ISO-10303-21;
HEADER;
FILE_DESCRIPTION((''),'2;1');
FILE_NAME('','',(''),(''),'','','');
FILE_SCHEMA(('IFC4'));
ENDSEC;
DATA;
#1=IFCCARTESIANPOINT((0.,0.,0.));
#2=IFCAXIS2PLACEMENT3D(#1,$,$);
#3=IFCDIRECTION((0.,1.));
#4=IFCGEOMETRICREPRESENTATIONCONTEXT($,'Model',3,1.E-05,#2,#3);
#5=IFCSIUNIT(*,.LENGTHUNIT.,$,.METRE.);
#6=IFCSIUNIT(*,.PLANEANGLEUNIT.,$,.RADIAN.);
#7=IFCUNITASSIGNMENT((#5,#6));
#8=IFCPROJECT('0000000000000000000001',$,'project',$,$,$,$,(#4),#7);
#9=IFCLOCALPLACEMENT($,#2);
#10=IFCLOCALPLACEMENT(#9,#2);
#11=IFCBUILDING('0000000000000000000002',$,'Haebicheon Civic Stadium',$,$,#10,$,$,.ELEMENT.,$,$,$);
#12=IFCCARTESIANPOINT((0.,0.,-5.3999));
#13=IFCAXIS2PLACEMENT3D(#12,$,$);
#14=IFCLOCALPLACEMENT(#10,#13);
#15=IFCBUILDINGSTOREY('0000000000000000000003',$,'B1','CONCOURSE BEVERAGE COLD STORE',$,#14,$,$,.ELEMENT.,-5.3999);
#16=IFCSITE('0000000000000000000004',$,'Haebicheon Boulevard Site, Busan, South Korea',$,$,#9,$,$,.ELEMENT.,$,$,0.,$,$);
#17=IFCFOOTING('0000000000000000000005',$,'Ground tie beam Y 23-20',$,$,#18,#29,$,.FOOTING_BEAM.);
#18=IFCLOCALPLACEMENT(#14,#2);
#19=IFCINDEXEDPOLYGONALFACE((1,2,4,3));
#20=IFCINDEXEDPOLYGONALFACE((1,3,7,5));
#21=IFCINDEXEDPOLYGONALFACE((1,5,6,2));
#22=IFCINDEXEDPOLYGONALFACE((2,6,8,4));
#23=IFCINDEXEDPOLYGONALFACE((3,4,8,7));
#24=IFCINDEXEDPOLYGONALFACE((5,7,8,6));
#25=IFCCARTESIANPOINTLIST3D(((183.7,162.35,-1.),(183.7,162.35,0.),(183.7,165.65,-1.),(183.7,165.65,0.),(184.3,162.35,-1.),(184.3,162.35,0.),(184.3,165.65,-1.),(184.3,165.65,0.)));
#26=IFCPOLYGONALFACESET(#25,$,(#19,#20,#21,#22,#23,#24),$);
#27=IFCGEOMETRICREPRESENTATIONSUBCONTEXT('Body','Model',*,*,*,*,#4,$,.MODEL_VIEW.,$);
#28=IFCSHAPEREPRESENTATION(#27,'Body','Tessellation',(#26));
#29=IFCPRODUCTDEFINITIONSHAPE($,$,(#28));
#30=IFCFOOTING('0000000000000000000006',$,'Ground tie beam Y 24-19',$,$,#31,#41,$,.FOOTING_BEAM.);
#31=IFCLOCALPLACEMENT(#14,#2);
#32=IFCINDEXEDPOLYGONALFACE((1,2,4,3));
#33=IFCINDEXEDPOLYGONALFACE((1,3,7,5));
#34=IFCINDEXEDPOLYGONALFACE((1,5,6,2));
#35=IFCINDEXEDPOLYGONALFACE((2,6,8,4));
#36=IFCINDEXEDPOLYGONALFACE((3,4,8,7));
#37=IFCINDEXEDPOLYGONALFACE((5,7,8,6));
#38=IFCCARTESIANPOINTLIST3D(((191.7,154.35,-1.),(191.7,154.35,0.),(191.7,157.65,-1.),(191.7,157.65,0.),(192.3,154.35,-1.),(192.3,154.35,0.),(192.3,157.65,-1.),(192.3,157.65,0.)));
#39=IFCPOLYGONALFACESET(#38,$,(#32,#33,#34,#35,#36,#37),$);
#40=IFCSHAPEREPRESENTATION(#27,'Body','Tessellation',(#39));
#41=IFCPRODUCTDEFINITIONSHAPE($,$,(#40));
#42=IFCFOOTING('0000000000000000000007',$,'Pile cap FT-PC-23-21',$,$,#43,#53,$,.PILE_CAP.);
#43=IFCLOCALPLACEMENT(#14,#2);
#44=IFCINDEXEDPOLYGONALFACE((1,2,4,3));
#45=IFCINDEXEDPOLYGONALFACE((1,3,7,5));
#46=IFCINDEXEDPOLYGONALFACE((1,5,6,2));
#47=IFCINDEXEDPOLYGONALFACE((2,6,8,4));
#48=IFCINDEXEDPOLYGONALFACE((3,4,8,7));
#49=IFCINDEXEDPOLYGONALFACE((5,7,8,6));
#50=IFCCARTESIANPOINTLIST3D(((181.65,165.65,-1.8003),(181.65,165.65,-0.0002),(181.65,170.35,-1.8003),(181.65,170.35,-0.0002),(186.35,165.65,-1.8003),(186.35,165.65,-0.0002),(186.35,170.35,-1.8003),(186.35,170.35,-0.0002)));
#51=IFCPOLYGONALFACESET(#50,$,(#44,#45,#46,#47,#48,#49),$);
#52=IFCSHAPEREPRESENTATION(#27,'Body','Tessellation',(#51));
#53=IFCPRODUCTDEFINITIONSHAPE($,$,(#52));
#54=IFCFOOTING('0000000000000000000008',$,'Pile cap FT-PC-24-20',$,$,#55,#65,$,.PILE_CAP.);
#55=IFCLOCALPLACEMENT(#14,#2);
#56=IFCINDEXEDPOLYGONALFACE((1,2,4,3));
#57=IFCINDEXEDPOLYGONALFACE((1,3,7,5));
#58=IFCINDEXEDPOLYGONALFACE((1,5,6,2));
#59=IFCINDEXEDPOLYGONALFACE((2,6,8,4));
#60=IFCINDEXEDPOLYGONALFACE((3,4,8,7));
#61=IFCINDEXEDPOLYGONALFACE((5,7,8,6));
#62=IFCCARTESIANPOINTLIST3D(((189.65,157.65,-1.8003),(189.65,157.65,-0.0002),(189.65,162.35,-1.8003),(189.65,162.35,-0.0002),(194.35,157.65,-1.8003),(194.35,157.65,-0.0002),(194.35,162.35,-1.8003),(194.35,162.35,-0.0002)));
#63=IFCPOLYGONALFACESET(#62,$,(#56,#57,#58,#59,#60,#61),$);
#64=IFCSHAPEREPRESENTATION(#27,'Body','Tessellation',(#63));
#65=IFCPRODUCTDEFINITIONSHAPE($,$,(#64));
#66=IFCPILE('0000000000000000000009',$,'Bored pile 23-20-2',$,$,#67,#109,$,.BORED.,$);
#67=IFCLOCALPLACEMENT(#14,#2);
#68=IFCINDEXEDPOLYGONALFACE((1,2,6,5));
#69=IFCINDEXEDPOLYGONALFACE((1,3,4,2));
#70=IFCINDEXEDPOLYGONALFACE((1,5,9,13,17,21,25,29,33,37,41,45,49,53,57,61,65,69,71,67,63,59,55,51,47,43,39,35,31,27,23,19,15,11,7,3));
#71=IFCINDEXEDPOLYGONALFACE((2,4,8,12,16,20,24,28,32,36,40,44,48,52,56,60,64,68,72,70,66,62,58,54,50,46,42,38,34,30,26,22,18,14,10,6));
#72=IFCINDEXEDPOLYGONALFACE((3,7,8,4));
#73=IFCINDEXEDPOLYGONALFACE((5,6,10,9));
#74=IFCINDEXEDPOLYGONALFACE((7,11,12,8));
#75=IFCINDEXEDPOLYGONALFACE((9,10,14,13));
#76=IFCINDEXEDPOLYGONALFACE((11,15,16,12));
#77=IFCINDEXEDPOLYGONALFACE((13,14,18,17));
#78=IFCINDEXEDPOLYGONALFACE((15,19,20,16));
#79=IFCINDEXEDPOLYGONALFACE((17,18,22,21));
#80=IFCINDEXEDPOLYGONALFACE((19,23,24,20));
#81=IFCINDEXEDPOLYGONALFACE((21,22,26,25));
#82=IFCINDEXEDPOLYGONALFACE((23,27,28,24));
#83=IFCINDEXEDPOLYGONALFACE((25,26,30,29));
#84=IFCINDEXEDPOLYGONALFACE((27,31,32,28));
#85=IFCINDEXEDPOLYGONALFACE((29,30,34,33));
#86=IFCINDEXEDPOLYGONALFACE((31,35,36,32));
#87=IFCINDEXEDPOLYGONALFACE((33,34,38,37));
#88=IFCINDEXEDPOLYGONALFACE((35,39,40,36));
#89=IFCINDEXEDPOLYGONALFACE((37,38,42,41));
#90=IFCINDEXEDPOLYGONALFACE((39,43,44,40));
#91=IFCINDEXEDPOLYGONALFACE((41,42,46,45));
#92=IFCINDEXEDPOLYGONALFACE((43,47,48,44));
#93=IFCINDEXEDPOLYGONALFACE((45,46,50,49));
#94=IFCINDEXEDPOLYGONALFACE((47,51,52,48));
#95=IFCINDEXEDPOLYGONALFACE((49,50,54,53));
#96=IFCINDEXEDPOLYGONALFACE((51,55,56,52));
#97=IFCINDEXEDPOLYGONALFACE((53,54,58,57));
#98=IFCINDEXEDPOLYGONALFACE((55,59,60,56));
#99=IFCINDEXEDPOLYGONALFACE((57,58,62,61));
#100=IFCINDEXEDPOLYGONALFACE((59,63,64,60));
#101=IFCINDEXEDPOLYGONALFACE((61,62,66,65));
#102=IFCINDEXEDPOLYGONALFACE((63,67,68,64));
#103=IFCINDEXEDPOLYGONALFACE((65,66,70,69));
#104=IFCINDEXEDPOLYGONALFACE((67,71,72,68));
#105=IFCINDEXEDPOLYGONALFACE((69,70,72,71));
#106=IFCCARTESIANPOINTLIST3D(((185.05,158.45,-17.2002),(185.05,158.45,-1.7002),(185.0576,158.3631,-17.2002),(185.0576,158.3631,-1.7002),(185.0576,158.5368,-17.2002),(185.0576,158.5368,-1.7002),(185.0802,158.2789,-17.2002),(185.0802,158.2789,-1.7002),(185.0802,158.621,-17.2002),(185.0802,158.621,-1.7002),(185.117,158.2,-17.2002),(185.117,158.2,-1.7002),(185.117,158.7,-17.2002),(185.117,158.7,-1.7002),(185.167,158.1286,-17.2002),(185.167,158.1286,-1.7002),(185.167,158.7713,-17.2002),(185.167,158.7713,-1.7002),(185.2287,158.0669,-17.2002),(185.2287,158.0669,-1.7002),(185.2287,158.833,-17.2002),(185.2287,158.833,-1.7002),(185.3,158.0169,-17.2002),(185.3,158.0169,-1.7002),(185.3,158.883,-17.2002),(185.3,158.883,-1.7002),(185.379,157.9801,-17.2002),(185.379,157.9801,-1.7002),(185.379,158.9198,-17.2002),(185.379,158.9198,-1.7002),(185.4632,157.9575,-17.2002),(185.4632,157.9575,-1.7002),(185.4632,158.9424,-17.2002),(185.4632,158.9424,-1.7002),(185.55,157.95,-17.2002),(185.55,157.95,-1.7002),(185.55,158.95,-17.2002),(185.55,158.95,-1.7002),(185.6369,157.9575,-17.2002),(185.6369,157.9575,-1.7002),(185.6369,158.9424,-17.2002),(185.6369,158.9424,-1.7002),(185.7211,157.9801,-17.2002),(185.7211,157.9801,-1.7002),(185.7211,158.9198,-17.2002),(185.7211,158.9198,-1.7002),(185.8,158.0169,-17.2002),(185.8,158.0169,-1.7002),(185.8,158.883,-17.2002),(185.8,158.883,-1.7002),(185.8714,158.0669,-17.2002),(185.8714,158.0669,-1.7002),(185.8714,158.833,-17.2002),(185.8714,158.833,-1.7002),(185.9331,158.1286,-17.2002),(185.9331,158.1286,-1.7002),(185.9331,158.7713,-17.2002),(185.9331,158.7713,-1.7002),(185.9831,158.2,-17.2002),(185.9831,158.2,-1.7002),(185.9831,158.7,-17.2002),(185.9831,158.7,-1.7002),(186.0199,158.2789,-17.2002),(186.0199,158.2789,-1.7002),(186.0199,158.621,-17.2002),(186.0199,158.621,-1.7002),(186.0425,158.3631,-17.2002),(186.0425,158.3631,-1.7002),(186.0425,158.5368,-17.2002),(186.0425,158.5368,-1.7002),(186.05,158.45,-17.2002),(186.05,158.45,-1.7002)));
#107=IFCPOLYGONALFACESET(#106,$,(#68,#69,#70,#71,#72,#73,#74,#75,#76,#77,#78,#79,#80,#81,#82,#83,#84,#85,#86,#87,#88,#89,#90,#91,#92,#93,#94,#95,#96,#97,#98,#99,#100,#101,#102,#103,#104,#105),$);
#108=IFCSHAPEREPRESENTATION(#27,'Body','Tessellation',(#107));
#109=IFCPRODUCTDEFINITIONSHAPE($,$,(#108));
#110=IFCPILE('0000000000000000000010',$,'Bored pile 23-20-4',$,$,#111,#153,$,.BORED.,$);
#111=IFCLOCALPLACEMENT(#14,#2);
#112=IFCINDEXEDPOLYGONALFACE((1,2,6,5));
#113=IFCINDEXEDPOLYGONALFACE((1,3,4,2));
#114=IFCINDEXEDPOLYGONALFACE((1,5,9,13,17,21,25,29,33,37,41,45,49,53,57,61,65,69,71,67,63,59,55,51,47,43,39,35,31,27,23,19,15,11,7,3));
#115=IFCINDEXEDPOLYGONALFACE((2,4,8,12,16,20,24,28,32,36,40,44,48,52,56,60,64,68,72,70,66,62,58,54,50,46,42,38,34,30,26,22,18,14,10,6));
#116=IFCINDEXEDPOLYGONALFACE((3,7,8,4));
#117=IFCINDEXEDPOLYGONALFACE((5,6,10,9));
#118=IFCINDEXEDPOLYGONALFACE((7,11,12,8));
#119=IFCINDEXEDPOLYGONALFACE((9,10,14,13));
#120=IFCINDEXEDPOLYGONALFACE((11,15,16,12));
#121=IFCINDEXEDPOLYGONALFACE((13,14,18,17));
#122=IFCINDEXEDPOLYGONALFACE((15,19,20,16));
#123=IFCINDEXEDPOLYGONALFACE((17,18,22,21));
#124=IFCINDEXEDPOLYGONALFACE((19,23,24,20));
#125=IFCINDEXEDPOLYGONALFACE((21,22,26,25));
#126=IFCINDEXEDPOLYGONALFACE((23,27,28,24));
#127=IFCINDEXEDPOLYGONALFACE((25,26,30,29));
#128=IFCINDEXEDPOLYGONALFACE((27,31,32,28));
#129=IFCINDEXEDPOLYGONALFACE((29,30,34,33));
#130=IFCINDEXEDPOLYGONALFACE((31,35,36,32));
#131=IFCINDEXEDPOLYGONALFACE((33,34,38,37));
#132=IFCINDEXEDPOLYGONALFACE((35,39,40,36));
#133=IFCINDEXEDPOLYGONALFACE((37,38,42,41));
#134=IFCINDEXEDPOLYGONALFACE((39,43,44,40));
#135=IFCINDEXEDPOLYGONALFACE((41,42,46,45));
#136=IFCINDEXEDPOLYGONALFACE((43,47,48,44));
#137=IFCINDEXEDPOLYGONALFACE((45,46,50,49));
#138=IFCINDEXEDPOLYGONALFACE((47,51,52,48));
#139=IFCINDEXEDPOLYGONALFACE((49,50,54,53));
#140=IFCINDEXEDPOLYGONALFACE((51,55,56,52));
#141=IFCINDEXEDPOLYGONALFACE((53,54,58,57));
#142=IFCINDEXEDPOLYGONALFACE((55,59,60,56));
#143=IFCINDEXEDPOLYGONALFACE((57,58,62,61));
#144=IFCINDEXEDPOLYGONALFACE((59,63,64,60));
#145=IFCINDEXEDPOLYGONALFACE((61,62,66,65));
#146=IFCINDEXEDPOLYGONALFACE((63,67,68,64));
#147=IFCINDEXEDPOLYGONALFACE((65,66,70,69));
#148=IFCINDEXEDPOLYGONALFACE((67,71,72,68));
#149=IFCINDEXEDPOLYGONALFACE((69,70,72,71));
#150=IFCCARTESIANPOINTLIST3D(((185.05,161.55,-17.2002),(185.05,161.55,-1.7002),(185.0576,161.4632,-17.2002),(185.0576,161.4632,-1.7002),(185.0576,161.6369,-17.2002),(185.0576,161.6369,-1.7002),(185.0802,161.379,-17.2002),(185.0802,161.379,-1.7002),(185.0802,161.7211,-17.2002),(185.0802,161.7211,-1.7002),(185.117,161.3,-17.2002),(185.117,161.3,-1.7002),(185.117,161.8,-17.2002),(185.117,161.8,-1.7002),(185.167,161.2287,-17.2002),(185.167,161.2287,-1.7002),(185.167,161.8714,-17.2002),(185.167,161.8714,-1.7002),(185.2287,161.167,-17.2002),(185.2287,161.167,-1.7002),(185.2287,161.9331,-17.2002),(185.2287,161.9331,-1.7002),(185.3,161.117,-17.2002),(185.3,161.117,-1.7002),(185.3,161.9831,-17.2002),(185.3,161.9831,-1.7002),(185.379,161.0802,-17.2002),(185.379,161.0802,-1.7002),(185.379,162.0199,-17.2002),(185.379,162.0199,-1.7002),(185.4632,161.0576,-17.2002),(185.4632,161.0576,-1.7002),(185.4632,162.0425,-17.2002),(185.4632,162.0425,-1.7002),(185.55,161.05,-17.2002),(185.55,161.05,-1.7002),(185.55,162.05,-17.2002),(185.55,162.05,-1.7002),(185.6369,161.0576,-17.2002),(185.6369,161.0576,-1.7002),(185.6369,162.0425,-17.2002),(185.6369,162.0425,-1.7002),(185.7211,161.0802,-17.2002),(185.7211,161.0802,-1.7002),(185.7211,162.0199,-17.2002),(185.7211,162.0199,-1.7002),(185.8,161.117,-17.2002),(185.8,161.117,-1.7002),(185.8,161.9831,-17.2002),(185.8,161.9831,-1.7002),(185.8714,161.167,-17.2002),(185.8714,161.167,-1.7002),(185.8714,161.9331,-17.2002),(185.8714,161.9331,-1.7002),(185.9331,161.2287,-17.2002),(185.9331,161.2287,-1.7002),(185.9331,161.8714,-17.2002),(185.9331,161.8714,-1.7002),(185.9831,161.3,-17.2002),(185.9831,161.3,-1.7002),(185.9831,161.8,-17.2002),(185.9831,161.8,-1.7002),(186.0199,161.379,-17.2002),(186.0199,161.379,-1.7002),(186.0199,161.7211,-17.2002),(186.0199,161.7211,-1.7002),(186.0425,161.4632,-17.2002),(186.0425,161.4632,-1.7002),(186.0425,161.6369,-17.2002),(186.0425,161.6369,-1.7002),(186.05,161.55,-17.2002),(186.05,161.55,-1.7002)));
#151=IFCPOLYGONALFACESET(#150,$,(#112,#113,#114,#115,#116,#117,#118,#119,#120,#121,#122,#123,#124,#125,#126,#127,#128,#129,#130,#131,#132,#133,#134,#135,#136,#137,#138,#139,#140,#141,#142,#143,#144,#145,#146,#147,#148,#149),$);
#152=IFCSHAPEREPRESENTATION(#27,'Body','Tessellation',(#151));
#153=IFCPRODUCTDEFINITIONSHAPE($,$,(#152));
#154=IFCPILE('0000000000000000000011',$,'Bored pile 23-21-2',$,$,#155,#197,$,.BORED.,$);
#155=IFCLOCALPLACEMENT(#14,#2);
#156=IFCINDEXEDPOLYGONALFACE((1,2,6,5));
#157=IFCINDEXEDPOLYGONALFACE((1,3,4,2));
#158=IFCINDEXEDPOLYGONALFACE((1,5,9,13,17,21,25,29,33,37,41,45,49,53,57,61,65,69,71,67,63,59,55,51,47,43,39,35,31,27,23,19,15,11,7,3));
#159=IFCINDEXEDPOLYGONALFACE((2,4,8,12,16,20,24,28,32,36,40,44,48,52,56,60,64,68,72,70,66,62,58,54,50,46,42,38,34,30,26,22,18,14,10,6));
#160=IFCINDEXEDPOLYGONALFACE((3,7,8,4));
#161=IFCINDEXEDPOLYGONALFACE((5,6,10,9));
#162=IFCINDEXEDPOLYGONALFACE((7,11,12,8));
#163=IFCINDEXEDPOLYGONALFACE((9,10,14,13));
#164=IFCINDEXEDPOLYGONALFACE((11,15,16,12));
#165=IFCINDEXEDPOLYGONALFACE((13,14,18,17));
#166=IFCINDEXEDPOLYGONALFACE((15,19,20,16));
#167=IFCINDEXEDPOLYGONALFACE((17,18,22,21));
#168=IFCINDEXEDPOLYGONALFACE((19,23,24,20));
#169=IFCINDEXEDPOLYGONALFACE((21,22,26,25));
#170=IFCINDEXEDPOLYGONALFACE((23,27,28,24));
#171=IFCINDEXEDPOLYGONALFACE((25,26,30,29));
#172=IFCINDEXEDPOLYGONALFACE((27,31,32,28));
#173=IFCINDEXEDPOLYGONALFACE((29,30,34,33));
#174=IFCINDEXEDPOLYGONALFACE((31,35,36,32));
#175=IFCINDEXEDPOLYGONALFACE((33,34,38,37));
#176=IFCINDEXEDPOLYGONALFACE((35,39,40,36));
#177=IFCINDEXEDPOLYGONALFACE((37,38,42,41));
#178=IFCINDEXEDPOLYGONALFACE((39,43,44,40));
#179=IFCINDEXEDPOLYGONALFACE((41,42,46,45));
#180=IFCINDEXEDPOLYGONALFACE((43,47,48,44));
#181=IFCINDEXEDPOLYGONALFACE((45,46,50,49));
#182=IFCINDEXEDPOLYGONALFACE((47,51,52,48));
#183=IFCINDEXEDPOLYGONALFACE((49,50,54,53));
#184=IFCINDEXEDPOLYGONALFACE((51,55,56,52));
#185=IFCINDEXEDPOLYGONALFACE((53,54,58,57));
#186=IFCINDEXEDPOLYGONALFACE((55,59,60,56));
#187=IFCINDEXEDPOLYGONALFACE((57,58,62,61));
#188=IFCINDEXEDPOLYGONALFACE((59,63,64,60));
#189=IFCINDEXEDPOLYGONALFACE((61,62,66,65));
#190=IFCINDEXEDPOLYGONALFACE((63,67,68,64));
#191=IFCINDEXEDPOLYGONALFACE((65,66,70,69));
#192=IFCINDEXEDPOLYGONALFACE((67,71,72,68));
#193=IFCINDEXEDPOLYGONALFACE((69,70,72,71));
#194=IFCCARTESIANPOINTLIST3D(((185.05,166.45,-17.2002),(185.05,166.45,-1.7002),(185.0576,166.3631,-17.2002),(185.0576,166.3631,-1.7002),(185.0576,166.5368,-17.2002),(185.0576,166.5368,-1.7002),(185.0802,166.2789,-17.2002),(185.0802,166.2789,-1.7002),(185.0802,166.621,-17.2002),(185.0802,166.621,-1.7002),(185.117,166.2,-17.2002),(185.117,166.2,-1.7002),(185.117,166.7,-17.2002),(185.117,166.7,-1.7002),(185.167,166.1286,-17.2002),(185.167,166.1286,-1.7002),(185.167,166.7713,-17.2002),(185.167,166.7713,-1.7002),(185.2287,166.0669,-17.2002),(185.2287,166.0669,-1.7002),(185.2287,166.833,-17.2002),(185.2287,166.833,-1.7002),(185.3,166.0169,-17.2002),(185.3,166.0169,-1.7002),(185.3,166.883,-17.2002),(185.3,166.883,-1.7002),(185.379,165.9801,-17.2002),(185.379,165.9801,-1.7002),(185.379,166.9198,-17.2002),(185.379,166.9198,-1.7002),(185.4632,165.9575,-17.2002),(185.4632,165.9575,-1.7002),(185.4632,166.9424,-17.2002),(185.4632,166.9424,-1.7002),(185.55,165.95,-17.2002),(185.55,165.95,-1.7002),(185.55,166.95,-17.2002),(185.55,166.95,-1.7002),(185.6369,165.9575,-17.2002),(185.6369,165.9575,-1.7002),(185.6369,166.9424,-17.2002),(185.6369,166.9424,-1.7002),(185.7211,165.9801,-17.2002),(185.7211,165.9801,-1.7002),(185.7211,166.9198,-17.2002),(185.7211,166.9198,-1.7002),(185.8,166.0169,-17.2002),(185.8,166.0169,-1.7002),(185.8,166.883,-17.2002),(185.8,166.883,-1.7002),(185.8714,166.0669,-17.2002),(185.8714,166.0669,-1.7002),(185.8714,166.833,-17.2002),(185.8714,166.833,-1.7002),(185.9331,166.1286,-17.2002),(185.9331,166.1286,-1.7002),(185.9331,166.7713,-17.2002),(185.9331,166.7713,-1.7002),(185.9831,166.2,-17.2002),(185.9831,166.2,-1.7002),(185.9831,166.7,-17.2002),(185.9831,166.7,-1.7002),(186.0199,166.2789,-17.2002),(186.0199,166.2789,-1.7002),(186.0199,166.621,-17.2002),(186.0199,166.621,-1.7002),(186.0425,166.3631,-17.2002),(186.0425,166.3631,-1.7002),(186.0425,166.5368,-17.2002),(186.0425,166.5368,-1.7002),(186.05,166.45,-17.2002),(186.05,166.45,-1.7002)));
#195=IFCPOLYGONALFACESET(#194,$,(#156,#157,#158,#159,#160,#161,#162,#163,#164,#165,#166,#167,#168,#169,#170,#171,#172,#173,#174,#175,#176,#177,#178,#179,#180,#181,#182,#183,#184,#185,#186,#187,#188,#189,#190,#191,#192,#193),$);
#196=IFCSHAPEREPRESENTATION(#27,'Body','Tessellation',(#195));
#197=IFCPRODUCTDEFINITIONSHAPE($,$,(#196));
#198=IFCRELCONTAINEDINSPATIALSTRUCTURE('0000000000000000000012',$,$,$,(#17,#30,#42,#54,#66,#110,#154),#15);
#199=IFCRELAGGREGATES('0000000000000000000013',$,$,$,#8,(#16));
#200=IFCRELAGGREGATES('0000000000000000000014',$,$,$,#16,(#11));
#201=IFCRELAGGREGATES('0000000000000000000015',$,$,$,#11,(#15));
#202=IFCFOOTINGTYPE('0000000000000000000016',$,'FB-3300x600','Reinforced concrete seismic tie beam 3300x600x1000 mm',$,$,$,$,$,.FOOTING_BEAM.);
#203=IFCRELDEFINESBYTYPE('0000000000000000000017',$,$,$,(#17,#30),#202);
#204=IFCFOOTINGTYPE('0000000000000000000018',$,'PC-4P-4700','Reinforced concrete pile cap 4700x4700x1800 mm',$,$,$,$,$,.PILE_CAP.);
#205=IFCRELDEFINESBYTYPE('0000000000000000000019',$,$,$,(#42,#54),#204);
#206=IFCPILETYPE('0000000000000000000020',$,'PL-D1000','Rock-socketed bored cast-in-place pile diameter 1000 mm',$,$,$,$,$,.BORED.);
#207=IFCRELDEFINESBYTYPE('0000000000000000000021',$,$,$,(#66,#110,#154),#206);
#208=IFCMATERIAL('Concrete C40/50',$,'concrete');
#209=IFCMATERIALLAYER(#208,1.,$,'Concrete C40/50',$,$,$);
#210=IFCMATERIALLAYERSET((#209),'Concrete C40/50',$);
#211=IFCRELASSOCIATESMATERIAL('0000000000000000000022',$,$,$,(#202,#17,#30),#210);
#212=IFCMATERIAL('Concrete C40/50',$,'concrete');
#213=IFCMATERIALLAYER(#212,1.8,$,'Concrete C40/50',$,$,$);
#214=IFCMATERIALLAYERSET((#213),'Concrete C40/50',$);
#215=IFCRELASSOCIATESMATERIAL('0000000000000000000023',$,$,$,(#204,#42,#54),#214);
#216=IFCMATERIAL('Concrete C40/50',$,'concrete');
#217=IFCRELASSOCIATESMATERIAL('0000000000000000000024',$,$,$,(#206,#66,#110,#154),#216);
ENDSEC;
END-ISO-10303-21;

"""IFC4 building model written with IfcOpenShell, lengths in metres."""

from ifc_helpers import new_model, si_unit, direction, frame, origin, origin_2d, place, context, subcontext, project, spatial, rectangle, circle, extrude, material, layer, layer_set, material_profile, profile_set, type_object, element, save


model = new_model("IFC4")

# Units and contexts
model_context = context("Model", 3, precision=1e-05, world=origin(), true_north=direction((0.0, 1.0)))
body_context = subcontext(model_context, "Body", "Model", "MODEL_VIEW")
ifc_project = project(units=[si_unit("LENGTHUNIT", "METRE"), si_unit("PLANEANGLEUNIT", "RADIAN")], contexts=[model_context])

# Site, building, storey
site_placement = place(None, origin())
site = spatial("IfcSite", under=ifc_project, at=site_placement, Name="Haebicheon Boulevard Site, Busan, South Korea", CompositionType="ELEMENT", RefElevation=0.0)
building_placement = place(site_placement, origin())
building = spatial("IfcBuilding", under=site, at=building_placement, Name="Haebicheon Civic Stadium", CompositionType="ELEMENT")
storey_placement = place(building_placement, frame((0.0, 0.0, -5.3999)))
storey = spatial("IfcBuildingStorey", under=building, at=storey_placement, Name="B1", Description="CONCOURSE BEVERAGE COLD STORE", CompositionType="ELEMENT", Elevation=-5.3999)

# Footings
ifc_material_1 = material(Name="Concrete C40/50", Category="concrete")
ifc_layer_1 = layer(ifc_material_1, 1.0, Name="Concrete C40/50")
ifc_layer_set_1 = layer_set([ifc_layer_1], Name="Concrete C40/50")
footing_type_1 = type_object("IfcFootingType", Name="FB-3300x600", Description="Reinforced concrete seismic tie beam 3300x600x1000 mm", PredefinedType="FOOTING_BEAM", material=ifc_layer_set_1)
for number, where, z_axis, x_axis, name in (
    (1, (184.0, 164.0, -1.0), (0.0, 0.0, 1.0), (0.0, 1.0, 0.0), "Ground tie beam Y 23-20"),
    (2, (192.0, 156.0, -1.0), (0.0, 0.0, 1.0), (0.0, 1.0, 0.0), "Ground tie beam Y 24-19"),
):
    element("IfcFooting", number, at=place(storey_placement, frame(where, z_axis=z_axis, x_axis=x_axis)), inside=storey, type_object=footing_type_1, material=ifc_layer_set_1, Name=name, PredefinedType="FOOTING_BEAM", context=body_context, shape_type="SweptSolid", body=[
        extrude(rectangle(XDim=3.3, YDim=0.6001, at=origin_2d()), origin(), (0.0, 0.0, 1.0), 1.0),
    ])
ifc_material_2 = material(Name="Concrete C40/50", Category="concrete")
ifc_layer_2 = layer(ifc_material_2, 1.8, Name="Concrete C40/50")
ifc_layer_set_2 = layer_set([ifc_layer_2], Name="Concrete C40/50")
footing_type_2 = type_object("IfcFootingType", Name="PC-4P-4700", Description="Reinforced concrete pile cap 4700x4700x1800 mm", PredefinedType="PILE_CAP", material=ifc_layer_set_2)
for number, where, z_axis, x_axis, name in (
    (3, (184.0, 168.0, -1.8003), (0.0, 0.0, 1.0), (1.0, 0.0, 0.0), "Pile cap FT-PC-23-21"),
    (4, (192.0, 160.0, -1.8003), (0.0, 0.0, 1.0), (1.0, 0.0, 0.0), "Pile cap FT-PC-24-20"),
):
    element("IfcFooting", number, at=place(storey_placement, frame(where, z_axis=z_axis, x_axis=x_axis)), inside=storey, type_object=footing_type_2, material=ifc_layer_set_2, Name=name, PredefinedType="PILE_CAP", context=body_context, shape_type="SweptSolid", body=[
        extrude(rectangle(XDim=4.7, YDim=4.7, at=origin_2d()), origin(), (0.0, 0.0, 1.0), 1.8),
    ])

# Piles
ifc_material_3 = material(Name="Concrete C40/50", Category="concrete")
ifc_material_profile_1 = material_profile(ifc_material_3, circle(Radius=0.5, at=origin_2d()), Name="PILE-D1000")
ifc_profile_set_1 = profile_set([ifc_material_profile_1], Name="Concrete C40/50")
pile_type = type_object("IfcPileType", Name="PL-D1000", Description="Rock-socketed bored cast-in-place pile diameter 1000 mm", PredefinedType="BORED", material=ifc_profile_set_1)
for number, where, z_axis, x_axis, name in (
    (5, (185.55, 158.45, -1.7002), (0.0, 0.0, -1.0), (1.0, 0.0, 0.0), "Bored pile 23-20-2"),
    (6, (185.55, 161.55, -1.7002), (0.0, 0.0, -1.0), (1.0, 0.0, 0.0), "Bored pile 23-20-4"),
    (7, (185.55, 166.45, -1.7002), (0.0, 0.0, -1.0), (1.0, 0.0, 0.0), "Bored pile 23-21-2"),
):
    element("IfcPile", number, at=place(storey_placement, frame(where, z_axis=z_axis, x_axis=x_axis)), inside=storey, type_object=pile_type, material=ifc_profile_set_1, Name=name, PredefinedType="BORED", context=body_context, shape_type="SweptSolid", body=[
        extrude(circle(Radius=0.5, at=origin_2d()), origin(), (0.0, 0.0, 1.0), 15.5),
    ])

save(model, "model.ifc")
